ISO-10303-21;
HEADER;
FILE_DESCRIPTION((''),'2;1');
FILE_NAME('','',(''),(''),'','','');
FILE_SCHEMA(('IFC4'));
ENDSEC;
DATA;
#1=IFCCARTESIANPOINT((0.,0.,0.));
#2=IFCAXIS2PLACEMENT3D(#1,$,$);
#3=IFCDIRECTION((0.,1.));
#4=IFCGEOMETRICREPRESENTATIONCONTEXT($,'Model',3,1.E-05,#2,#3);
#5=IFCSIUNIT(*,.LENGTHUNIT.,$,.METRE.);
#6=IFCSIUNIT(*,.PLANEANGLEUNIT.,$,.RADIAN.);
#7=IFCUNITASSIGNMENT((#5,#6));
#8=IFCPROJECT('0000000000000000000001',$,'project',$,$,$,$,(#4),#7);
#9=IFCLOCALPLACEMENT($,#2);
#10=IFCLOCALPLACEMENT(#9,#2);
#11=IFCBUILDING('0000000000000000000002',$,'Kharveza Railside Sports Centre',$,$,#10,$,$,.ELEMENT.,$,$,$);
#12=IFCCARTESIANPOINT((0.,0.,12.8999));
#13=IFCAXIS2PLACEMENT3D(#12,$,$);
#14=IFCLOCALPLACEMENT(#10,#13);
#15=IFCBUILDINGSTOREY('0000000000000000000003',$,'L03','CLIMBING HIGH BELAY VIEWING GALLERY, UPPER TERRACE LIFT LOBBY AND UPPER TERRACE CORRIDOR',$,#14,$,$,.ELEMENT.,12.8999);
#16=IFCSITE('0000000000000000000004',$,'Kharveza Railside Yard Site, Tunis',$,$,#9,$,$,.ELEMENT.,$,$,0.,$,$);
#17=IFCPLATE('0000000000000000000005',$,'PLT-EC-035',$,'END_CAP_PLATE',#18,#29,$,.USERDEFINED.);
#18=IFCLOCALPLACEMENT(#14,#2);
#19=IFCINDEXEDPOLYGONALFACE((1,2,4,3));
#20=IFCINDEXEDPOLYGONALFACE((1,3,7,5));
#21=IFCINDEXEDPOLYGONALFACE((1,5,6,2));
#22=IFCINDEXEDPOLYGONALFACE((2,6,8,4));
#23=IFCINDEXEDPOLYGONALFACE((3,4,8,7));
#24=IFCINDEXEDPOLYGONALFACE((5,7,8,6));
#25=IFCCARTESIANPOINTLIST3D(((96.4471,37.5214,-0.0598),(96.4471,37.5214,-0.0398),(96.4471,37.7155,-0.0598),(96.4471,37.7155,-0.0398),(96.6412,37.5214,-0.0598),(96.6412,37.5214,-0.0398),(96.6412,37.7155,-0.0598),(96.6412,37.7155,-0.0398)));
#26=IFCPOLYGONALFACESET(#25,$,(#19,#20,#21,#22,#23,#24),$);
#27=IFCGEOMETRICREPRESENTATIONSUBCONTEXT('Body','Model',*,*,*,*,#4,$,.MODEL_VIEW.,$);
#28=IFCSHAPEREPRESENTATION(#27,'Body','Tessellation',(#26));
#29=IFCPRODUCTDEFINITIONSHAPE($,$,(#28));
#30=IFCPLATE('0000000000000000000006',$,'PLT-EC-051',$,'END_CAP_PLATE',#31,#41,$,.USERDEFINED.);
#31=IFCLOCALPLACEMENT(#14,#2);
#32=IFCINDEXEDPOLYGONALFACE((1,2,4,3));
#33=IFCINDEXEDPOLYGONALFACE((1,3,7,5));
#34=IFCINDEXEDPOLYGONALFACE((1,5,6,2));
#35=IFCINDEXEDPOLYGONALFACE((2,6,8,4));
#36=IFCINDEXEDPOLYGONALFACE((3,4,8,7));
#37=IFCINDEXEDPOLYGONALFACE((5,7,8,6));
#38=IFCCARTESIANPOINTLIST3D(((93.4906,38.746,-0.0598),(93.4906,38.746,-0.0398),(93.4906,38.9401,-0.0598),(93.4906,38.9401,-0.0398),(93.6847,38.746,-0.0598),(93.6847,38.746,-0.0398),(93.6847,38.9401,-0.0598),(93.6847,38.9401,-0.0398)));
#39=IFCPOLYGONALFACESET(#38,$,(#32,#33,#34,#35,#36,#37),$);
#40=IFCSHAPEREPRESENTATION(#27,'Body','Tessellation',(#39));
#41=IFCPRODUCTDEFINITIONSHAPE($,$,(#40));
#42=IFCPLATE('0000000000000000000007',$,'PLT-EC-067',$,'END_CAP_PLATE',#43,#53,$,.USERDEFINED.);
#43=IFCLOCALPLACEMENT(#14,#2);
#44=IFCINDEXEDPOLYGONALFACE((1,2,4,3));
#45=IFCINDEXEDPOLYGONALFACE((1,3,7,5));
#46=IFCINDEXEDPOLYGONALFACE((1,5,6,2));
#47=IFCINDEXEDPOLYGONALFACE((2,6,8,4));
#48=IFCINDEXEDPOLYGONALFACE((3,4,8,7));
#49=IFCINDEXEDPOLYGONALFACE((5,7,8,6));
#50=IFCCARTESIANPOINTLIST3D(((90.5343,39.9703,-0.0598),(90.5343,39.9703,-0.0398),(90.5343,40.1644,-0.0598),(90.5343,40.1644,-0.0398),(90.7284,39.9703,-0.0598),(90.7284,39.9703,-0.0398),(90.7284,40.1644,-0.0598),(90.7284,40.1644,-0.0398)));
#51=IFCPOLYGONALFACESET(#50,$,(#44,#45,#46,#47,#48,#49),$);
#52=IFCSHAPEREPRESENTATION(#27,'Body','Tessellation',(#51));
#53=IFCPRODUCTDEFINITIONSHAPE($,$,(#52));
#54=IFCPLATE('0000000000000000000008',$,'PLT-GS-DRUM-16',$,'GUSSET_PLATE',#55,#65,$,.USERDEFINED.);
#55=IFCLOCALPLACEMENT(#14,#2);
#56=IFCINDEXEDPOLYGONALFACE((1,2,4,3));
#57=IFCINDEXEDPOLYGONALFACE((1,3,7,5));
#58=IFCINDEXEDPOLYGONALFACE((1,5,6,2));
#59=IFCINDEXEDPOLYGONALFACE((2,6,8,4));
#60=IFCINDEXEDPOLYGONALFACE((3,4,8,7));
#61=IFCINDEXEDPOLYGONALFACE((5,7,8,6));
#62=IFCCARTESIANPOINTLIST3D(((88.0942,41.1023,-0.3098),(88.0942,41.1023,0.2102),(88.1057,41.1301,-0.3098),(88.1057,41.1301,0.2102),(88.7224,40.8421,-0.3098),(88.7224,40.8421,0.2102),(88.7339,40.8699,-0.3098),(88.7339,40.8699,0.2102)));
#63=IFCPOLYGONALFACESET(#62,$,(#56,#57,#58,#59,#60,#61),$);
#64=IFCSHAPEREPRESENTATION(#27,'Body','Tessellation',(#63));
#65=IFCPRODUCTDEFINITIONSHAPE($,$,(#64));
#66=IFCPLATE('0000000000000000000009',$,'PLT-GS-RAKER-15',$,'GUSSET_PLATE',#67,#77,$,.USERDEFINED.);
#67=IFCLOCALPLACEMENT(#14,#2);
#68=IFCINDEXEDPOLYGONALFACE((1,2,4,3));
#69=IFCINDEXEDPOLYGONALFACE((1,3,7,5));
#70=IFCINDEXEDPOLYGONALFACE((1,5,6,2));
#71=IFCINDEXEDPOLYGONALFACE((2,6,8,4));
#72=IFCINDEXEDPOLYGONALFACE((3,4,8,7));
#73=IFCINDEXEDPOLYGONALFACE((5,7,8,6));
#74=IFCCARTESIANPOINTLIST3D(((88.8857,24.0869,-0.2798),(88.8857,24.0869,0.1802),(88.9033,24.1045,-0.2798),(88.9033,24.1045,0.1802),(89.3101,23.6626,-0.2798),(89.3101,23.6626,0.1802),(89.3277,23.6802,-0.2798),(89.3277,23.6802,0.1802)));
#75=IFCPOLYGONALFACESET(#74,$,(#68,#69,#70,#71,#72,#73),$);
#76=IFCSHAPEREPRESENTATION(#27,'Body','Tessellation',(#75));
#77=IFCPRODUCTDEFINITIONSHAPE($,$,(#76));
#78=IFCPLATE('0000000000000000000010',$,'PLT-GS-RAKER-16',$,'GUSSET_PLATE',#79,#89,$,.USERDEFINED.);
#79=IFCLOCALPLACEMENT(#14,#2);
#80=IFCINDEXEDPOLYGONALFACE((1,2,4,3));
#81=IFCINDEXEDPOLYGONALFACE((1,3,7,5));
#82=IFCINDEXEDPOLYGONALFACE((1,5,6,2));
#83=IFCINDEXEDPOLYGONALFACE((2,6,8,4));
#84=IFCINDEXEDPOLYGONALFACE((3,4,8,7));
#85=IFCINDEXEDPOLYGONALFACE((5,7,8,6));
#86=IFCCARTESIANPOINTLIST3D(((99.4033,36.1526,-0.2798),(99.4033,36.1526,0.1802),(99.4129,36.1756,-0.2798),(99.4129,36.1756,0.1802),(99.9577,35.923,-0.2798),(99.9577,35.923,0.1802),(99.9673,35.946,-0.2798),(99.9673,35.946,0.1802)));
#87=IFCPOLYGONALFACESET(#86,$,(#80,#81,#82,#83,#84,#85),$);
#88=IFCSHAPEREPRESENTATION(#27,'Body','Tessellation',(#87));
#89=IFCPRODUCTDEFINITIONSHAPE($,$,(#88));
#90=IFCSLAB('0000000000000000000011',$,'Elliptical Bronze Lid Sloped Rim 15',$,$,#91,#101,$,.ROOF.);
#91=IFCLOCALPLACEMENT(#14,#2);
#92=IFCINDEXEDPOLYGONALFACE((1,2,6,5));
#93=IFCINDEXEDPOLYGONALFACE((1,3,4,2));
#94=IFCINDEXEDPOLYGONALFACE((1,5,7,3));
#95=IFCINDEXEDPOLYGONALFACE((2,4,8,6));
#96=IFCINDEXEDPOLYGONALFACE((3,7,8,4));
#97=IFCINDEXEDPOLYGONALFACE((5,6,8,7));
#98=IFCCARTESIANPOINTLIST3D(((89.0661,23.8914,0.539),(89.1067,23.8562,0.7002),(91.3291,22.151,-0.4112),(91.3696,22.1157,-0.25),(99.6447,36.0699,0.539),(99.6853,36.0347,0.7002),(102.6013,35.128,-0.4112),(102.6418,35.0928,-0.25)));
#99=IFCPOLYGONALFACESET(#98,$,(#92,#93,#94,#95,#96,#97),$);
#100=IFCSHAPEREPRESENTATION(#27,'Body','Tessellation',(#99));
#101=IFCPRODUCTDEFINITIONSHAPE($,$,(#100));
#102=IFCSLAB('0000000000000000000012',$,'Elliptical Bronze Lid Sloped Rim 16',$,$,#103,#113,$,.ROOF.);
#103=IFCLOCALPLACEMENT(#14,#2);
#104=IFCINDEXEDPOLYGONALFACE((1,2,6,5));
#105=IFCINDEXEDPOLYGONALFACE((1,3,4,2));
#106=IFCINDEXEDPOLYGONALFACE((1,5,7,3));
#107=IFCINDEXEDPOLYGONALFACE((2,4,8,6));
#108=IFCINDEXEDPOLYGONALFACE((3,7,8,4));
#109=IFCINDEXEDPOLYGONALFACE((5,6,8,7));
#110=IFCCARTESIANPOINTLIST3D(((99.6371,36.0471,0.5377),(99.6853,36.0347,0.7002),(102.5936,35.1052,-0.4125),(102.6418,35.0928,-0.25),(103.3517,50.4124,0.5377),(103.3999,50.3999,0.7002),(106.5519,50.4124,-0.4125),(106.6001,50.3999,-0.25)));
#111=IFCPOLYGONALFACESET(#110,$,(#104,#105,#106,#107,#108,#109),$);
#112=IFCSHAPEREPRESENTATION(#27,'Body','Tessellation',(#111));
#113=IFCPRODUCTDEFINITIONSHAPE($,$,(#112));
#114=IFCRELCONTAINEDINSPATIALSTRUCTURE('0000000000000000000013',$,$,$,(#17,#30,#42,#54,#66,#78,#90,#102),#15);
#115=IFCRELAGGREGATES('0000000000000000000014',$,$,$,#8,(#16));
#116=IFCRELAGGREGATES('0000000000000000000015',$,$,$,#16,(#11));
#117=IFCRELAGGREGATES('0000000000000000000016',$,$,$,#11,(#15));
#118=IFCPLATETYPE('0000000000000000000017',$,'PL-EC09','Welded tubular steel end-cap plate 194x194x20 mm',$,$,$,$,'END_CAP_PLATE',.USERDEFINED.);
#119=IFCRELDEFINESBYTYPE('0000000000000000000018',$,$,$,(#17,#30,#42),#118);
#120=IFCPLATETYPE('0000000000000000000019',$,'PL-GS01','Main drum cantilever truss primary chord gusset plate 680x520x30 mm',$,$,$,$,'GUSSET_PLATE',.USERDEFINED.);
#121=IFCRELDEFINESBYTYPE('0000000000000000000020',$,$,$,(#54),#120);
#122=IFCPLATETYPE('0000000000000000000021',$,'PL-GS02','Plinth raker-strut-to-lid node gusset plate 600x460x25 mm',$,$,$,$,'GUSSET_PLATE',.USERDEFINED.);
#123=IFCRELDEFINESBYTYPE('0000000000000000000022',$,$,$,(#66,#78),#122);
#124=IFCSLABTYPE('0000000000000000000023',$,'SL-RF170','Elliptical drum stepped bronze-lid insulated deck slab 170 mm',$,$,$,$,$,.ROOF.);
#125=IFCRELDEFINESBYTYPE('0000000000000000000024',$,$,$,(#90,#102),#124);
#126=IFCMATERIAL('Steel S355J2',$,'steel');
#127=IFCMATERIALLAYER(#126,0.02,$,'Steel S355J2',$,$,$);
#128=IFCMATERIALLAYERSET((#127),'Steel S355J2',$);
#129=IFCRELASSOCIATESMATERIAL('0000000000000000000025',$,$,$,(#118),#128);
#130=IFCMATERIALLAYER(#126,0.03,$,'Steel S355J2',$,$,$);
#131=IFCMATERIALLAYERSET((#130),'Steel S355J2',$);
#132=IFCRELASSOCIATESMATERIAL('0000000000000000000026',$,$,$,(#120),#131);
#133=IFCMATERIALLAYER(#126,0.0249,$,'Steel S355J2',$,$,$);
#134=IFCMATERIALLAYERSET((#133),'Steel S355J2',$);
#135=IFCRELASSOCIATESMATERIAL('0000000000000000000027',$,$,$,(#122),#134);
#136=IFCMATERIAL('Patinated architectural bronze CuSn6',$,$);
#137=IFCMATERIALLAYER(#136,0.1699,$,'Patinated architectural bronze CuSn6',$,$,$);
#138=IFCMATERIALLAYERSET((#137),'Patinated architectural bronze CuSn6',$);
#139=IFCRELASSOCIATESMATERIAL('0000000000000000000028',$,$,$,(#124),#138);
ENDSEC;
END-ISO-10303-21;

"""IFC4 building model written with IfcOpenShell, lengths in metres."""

from ifc_helpers import new_model, si_unit, direction, frame, origin, origin_2d, place, context, subcontext, project, spatial, polyline, rectangle, outline, extrude, material, layer, layer_set, type_object, element, save


model = new_model("IFC4")

# Units and contexts
model_context = context("Model", 3, precision=1e-05, world=origin(), true_north=direction((0.0, 1.0)))
body_context = subcontext(model_context, "Body", "Model", "MODEL_VIEW")
ifc_project = project(units=[si_unit("LENGTHUNIT", "METRE"), si_unit("PLANEANGLEUNIT", "RADIAN")], contexts=[model_context])

# Site, building, storey
site_placement = place(None, origin())
site = spatial("IfcSite", under=ifc_project, at=site_placement, Name="Kharveza Railside Yard Site, Tunis", CompositionType="ELEMENT", RefElevation=0.0)
building_placement = place(site_placement, origin())
building = spatial("IfcBuilding", under=site, at=building_placement, Name="Kharveza Railside Sports Centre", CompositionType="ELEMENT")
storey_placement = place(building_placement, frame((0.0, 0.0, 12.8999)))
storey = spatial("IfcBuildingStorey", under=building, at=storey_placement, Name="L03", Description="CLIMBING HIGH BELAY VIEWING GALLERY, UPPER TERRACE LIFT LOBBY AND UPPER TERRACE CORRIDOR", CompositionType="ELEMENT", Elevation=12.8999)

# Shared definitions
ifc_material_1 = material(Name="Steel S355J2", Category="steel")

# Plates
ifc_material_2 = material(Name="Patinated architectural bronze CuSn6")
ifc_layer_1 = layer(ifc_material_1, 0.02, Name="Steel S355J2")
ifc_layer_set_1 = layer_set([ifc_layer_1], Name="Steel S355J2")
plate_type_1 = type_object("IfcPlateType", Name="PL-EC09", Description="Welded tubular steel end-cap plate 194x194x20 mm", ElementType="END_CAP_PLATE", PredefinedType="USERDEFINED", material=ifc_layer_set_1)
for number, where, z_axis, x_axis, name in (
    (1, (96.5442, 37.6184, -0.0598), (0.0, 0.0, 1.0), (1.0, 0.0, 0.0), "PLT-EC-035"),
    (2, (93.5876, 38.843, -0.0598), (0.0, 0.0, 1.0), (1.0, 0.0, 0.0), "PLT-EC-051"),
    (3, (90.6313, 40.0674, -0.0598), (0.0, 0.0, 1.0), (1.0, 0.0, 0.0), "PLT-EC-067"),
):
    element("IfcPlate", number, at=place(storey_placement, frame(where, z_axis=z_axis, x_axis=x_axis)), inside=storey, type_object=plate_type_1, Name=name, ObjectType="END_CAP_PLATE", PredefinedType="USERDEFINED", context=body_context, shape_type="SweptSolid", body=[
        extrude(rectangle(XDim=0.1941, YDim=0.1941, at=origin_2d()), origin(), (0.0, 0.0, 1.0), 0.02),
    ])
ifc_layer_2 = layer(ifc_material_1, 0.03, Name="Steel S355J2")
ifc_layer_set_2 = layer_set([ifc_layer_2], Name="Steel S355J2")
plate_type_2 = type_object("IfcPlateType", Name="PL-GS01", Description="Main drum cantilever truss primary chord gusset plate 680x520x30 mm", ElementType="GUSSET_PLATE", PredefinedType="USERDEFINED", material=ifc_layer_set_2)
plate_1_placement = place(storey_placement, frame((88.4141, 40.9861, -0.3098), z_axis=(0.0, 0.0, 1.0), x_axis=(0.92388, -0.382683, 0.0)))
element("IfcPlate", 4, at=plate_1_placement, inside=storey, type_object=plate_type_2, Name="PLT-GS-DRUM-16", ObjectType="GUSSET_PLATE", PredefinedType="USERDEFINED", context=body_context, shape_type="SweptSolid", body=[
    extrude(rectangle(XDim=0.6799, YDim=0.03, at=origin_2d()), origin(), (0.0, 0.0, 1.0), 0.52),
])
ifc_layer_3 = layer(ifc_material_1, 0.0249, Name="Steel S355J2")
ifc_layer_set_3 = layer_set([ifc_layer_3], Name="Steel S355J2")
plate_type_3 = type_object("IfcPlateType", Name="PL-GS02", Description="Plinth raker-strut-to-lid node gusset plate 600x460x25 mm", ElementType="GUSSET_PLATE", PredefinedType="USERDEFINED", material=ifc_layer_set_3)
for number, where, z_axis, x_axis, name in (
    (5, (89.1067, 23.8835, -0.2798), (0.0, 0.0, 1.0), (0.707107, -0.707107, 0.0), "PLT-GS-RAKER-15"),
    (6, (99.6853, 36.0493, -0.2798), (0.0, 0.0, 1.0), (0.92388, -0.382683, 0.0), "PLT-GS-RAKER-16"),
):
    element("IfcPlate", number, at=place(storey_placement, frame(where, z_axis=z_axis, x_axis=x_axis)), inside=storey, type_object=plate_type_3, Name=name, ObjectType="GUSSET_PLATE", PredefinedType="USERDEFINED", context=body_context, shape_type="SweptSolid", body=[
        extrude(rectangle(XDim=0.6001, YDim=0.0249, at=origin_2d()), origin(), (0.0, 0.0, 1.0), 0.46),
    ])

# Slabs
ifc_layer_4 = layer(ifc_material_2, 0.1699, Name="Patinated architectural bronze CuSn6")
ifc_layer_set_4 = layer_set([ifc_layer_4], Name="Patinated architectural bronze CuSn6")
slab_type = type_object("IfcSlabType", Name="SL-RF170", Description="Elliptical drum stepped bronze-lid insulated deck slab 170 mm", PredefinedType="ROOF", material=ifc_layer_set_4)
slab_1_placement = place(storey_placement, frame((91.3696, 22.1157, -0.25), z_axis=(0.2388, -0.207429, 0.948656), x_axis=(0.655775, 0.754956, 0.0)))
element("IfcSlab", 7, at=slab_1_placement, inside=storey, type_object=slab_type, Name="Elliptical Bronze Lid Sloped Rim 15", PredefinedType="ROOF", context=body_context, shape_type="SweptSolid", body=[
    extrude(outline(polyline([(0.0, 0.0), (17.1891, 0.0), (15.9614, 3.004), (-0.17, 3.004), (0.0, 0.0)])), origin(), (0.0, 0.0, -1.0), 0.1699),
])
slab_2_placement = place(storey_placement, frame((102.6418, 35.0928, -0.25), z_axis=(0.283872, -0.073405, 0.956048), x_axis=(0.250354, 0.968154, -0.000001)))
element("IfcSlab", 8, at=slab_2_placement, inside=storey, type_object=slab_type, Name="Elliptical Bronze Lid Sloped Rim 16", PredefinedType="ROOF", context=body_context, shape_type="SweptSolid", body=[
    extrude(outline(polyline([(0.0, 0.0), (15.8106, 0.0), (15.0094, 3.2407), (0.1717, 3.2406), (0.0, 0.0)])), origin(), (0.0, 0.0, -1.0), 0.1699),
])

save(model, "model.ifc")
